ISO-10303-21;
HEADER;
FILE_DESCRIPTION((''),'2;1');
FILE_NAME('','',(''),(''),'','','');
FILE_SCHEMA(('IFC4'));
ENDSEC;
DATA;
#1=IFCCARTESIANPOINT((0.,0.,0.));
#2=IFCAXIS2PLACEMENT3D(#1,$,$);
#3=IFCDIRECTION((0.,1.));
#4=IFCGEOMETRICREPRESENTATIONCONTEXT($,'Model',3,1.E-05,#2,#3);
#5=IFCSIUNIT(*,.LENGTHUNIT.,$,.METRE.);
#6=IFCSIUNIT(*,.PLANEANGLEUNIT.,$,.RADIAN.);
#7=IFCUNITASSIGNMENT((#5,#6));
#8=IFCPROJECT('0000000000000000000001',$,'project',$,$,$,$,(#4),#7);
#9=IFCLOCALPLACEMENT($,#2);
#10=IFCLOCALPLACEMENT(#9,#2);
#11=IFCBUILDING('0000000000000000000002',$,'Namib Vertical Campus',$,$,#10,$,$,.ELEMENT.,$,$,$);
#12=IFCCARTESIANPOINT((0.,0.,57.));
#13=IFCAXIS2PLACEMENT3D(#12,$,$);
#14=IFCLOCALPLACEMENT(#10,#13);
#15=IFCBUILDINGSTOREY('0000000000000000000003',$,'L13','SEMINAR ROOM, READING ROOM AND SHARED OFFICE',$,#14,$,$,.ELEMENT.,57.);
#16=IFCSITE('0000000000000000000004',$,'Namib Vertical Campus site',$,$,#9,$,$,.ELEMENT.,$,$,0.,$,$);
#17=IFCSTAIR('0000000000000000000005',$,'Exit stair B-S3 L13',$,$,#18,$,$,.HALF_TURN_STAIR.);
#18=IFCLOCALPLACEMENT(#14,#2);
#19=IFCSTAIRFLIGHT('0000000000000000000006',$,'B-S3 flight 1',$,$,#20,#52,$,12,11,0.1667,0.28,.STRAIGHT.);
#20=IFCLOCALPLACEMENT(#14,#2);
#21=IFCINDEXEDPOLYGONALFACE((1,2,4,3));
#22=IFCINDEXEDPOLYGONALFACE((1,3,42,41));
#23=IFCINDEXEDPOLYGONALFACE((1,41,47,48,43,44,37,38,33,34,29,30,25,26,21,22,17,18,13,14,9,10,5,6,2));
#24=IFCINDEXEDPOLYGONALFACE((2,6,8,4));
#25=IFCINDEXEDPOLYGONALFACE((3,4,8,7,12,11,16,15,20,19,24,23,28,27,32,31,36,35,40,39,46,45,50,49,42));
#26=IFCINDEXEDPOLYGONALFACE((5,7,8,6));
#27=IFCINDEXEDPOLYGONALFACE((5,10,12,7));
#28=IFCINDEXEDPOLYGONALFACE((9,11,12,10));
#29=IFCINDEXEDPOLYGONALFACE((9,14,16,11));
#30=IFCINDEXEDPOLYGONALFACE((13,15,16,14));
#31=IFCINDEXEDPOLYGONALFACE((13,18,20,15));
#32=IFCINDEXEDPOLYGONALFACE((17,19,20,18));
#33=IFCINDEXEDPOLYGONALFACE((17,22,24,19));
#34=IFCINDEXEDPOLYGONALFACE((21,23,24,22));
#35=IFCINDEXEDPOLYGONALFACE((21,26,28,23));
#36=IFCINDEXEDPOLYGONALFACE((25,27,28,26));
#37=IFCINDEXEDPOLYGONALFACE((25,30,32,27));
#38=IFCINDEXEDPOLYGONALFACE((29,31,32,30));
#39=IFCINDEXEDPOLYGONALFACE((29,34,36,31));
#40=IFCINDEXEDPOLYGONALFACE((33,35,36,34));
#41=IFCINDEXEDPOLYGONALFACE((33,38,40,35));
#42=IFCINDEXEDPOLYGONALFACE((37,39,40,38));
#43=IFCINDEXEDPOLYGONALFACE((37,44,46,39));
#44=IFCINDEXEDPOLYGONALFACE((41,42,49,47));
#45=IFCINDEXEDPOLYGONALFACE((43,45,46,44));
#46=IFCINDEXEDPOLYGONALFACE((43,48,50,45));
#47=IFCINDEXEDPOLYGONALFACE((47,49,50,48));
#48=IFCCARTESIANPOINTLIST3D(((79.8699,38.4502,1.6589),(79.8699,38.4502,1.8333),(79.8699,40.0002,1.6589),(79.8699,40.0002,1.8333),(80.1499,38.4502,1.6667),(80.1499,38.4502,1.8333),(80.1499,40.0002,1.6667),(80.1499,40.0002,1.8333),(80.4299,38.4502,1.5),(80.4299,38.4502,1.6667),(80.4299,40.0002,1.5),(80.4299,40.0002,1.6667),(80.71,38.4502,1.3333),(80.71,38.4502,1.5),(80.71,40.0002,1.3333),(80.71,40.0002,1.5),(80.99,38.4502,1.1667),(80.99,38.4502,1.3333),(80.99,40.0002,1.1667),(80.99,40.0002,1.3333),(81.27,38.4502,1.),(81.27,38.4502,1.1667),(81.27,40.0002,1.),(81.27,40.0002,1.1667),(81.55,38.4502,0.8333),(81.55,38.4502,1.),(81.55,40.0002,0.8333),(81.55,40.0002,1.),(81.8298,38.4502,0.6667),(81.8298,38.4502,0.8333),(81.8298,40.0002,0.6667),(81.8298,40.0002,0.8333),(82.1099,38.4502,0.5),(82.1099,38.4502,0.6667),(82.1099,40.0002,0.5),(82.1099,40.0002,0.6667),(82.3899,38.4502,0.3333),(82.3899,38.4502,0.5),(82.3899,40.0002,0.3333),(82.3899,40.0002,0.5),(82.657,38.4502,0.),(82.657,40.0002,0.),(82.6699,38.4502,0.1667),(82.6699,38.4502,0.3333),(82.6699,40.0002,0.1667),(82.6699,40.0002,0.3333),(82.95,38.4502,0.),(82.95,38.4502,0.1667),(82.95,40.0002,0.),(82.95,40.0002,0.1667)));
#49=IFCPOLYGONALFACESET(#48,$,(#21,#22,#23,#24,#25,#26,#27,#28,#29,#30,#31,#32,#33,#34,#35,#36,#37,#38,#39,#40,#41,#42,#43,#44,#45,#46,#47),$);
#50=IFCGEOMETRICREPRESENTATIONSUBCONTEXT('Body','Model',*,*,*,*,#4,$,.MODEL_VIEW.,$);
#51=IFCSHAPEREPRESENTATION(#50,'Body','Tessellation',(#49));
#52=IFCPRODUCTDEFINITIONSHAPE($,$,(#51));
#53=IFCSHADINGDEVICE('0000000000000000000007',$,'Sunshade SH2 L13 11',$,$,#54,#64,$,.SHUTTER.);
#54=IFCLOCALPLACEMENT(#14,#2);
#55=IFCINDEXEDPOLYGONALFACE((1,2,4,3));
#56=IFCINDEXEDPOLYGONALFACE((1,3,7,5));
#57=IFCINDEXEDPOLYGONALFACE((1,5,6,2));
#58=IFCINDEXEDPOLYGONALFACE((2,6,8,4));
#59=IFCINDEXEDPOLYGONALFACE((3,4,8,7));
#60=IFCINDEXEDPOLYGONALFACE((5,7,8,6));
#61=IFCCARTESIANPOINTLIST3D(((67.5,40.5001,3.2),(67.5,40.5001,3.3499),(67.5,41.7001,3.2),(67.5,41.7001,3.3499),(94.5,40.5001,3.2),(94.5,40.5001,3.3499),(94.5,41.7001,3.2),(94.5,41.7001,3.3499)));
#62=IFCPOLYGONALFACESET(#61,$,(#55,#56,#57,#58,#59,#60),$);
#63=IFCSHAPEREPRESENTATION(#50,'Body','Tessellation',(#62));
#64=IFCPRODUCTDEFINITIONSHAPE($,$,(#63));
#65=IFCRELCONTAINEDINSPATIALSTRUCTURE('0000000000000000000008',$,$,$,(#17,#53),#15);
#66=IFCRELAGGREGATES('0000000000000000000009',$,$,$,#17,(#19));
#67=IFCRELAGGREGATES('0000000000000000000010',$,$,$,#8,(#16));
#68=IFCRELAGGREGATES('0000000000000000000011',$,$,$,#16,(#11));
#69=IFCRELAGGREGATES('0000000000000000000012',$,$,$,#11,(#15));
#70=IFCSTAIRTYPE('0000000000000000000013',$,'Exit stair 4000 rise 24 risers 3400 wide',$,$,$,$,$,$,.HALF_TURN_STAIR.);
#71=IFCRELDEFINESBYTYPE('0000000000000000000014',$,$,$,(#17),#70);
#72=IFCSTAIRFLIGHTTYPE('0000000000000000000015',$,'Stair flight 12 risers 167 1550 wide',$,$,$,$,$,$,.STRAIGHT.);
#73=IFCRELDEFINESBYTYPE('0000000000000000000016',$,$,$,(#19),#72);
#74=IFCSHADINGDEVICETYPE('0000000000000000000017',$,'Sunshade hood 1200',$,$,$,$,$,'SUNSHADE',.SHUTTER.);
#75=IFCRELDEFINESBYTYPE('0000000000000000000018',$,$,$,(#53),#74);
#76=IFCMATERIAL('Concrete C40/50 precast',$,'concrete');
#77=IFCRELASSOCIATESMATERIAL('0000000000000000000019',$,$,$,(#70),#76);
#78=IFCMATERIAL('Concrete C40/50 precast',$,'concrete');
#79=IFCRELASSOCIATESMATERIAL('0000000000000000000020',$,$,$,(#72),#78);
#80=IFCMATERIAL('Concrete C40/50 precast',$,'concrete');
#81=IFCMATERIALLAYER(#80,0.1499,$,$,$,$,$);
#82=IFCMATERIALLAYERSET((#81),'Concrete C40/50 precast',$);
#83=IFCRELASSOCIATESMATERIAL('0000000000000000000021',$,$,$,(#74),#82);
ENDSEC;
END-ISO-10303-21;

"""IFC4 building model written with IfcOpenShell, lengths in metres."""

from ifc_helpers import new_model, si_unit, direction, frame, origin, origin_2d, place, context, subcontext, project, spatial, polyline, rectangle, outline, extrude, material, layer, layer_set, type_object, element, aggregate, save


model = new_model("IFC4")

# Units and contexts
model_context = context("Model", 3, precision=1e-05, world=origin(), true_north=direction((0.0, 1.0)))
body_context = subcontext(model_context, "Body", "Model", "MODEL_VIEW")
ifc_project = project(units=[si_unit("LENGTHUNIT", "METRE"), si_unit("PLANEANGLEUNIT", "RADIAN")], contexts=[model_context])

# Site, building, storey
site_placement = place(None, origin())
site = spatial("IfcSite", under=ifc_project, at=site_placement, Name="Namib Vertical Campus site", CompositionType="ELEMENT", RefElevation=0.0)
building_placement = place(site_placement, origin())
building = spatial("IfcBuilding", under=site, at=building_placement, Name="Namib Vertical Campus", CompositionType="ELEMENT")
storey_placement = place(building_placement, frame((0.0, 0.0, 57.0)))
storey = spatial("IfcBuildingStorey", under=building, at=storey_placement, Name="L13", Description="SEMINAR ROOM, READING ROOM AND SHARED OFFICE", CompositionType="ELEMENT", Elevation=57.0)

# Shared definitions
ifc_material_1 = material(Name="Concrete C40/50 precast", Category="concrete")
stair_type = type_object("IfcStairType", Name="Exit stair 4000 rise 24 risers 3400 wide", PredefinedType="HALF_TURN_STAIR", material=ifc_material_1)
ifc_material_2 = material(Name="Concrete C40/50 precast", Category="concrete")
stair_flight_type = type_object("IfcStairFlightType", Name="Stair flight 12 risers 167 1550 wide", PredefinedType="STRAIGHT", material=ifc_material_2)

# Stair, stair flight
stair_1_placement = place(storey_placement, origin())
stair_1 = element("IfcStair", 1, at=stair_1_placement, inside=storey, type_object=stair_type, Name="Exit stair B-S3 L13", PredefinedType="HALF_TURN_STAIR")
stair_flight_1_placement = place(storey_placement, frame((82.95, 39.2251, 0.0), z_axis=(0.0, 0.0, 1.0), x_axis=(-1.0, 0.0, 0.0)))
stair_flight_1 = element("IfcStairFlight", 2, at=stair_flight_1_placement, type_object=stair_flight_type, Name="B-S3 flight 1", NumberOfRisers=12, NumberOfTreads=11, PredefinedType="STRAIGHT", RiserHeight=0.1667, TreadLength=0.28, context=body_context, shape_type="SweptSolid", body=[
    extrude(outline(polyline([(0.0, 0.0), (0.0, 0.1667), (0.28, 0.1667), (0.28, 0.3333), (0.5601, 0.3333), (0.5601, 0.5), (0.8401, 0.5), (0.8401, 0.6667), (1.1201, 0.6667), (1.1201, 0.8333), (1.3999, 0.8333), (1.3999, 1.0), (1.6799, 1.0), (1.6799, 1.1667), (1.96, 1.1667), (1.96, 1.3333), (2.24, 1.3333), (2.24, 1.5), (2.52, 1.5), (2.52, 1.6667), (2.8, 1.6667), (2.8, 1.8333), (3.0801, 1.8333), (3.0801, 2.0), (3.0801, 1.6589), (0.293, 0.0), (0.0, 0.0)])), frame((0.0, 0.7749, 0.0), z_axis=(0.0, -1.0, 0.0), x_axis=(1.0, 0.0, 0.0)), (0.0, 0.0, 1.0), 1.55),
])
aggregate(stair_1, [stair_flight_1])

# Shading device
ifc_material_3 = material(Name="Concrete C40/50 precast", Category="concrete")
ifc_layer_1 = layer(ifc_material_3, 0.1499)
ifc_layer_set_1 = layer_set([ifc_layer_1], Name="Concrete C40/50 precast")
shading_device_type = type_object("IfcShadingDeviceType", Name="Sunshade hood 1200", ElementType="SUNSHADE", PredefinedType="SHUTTER", material=ifc_layer_set_1)
shading_device_placement = place(storey_placement, frame((81.0, 41.1001, 3.2), z_axis=(0.0, 0.0, 1.0), x_axis=(-1.0, 0.0, 0.0)))
element("IfcShadingDevice", 3, at=shading_device_placement, inside=storey, type_object=shading_device_type, Name="Sunshade SH2 L13 11", PredefinedType="SHUTTER", context=body_context, shape_type="SweptSolid", body=[
    extrude(rectangle(XDim=27.0, YDim=1.2, at=origin_2d()), origin(), (0.0, 0.0, 1.0), 0.1499),
])

save(model, "model.ifc")
